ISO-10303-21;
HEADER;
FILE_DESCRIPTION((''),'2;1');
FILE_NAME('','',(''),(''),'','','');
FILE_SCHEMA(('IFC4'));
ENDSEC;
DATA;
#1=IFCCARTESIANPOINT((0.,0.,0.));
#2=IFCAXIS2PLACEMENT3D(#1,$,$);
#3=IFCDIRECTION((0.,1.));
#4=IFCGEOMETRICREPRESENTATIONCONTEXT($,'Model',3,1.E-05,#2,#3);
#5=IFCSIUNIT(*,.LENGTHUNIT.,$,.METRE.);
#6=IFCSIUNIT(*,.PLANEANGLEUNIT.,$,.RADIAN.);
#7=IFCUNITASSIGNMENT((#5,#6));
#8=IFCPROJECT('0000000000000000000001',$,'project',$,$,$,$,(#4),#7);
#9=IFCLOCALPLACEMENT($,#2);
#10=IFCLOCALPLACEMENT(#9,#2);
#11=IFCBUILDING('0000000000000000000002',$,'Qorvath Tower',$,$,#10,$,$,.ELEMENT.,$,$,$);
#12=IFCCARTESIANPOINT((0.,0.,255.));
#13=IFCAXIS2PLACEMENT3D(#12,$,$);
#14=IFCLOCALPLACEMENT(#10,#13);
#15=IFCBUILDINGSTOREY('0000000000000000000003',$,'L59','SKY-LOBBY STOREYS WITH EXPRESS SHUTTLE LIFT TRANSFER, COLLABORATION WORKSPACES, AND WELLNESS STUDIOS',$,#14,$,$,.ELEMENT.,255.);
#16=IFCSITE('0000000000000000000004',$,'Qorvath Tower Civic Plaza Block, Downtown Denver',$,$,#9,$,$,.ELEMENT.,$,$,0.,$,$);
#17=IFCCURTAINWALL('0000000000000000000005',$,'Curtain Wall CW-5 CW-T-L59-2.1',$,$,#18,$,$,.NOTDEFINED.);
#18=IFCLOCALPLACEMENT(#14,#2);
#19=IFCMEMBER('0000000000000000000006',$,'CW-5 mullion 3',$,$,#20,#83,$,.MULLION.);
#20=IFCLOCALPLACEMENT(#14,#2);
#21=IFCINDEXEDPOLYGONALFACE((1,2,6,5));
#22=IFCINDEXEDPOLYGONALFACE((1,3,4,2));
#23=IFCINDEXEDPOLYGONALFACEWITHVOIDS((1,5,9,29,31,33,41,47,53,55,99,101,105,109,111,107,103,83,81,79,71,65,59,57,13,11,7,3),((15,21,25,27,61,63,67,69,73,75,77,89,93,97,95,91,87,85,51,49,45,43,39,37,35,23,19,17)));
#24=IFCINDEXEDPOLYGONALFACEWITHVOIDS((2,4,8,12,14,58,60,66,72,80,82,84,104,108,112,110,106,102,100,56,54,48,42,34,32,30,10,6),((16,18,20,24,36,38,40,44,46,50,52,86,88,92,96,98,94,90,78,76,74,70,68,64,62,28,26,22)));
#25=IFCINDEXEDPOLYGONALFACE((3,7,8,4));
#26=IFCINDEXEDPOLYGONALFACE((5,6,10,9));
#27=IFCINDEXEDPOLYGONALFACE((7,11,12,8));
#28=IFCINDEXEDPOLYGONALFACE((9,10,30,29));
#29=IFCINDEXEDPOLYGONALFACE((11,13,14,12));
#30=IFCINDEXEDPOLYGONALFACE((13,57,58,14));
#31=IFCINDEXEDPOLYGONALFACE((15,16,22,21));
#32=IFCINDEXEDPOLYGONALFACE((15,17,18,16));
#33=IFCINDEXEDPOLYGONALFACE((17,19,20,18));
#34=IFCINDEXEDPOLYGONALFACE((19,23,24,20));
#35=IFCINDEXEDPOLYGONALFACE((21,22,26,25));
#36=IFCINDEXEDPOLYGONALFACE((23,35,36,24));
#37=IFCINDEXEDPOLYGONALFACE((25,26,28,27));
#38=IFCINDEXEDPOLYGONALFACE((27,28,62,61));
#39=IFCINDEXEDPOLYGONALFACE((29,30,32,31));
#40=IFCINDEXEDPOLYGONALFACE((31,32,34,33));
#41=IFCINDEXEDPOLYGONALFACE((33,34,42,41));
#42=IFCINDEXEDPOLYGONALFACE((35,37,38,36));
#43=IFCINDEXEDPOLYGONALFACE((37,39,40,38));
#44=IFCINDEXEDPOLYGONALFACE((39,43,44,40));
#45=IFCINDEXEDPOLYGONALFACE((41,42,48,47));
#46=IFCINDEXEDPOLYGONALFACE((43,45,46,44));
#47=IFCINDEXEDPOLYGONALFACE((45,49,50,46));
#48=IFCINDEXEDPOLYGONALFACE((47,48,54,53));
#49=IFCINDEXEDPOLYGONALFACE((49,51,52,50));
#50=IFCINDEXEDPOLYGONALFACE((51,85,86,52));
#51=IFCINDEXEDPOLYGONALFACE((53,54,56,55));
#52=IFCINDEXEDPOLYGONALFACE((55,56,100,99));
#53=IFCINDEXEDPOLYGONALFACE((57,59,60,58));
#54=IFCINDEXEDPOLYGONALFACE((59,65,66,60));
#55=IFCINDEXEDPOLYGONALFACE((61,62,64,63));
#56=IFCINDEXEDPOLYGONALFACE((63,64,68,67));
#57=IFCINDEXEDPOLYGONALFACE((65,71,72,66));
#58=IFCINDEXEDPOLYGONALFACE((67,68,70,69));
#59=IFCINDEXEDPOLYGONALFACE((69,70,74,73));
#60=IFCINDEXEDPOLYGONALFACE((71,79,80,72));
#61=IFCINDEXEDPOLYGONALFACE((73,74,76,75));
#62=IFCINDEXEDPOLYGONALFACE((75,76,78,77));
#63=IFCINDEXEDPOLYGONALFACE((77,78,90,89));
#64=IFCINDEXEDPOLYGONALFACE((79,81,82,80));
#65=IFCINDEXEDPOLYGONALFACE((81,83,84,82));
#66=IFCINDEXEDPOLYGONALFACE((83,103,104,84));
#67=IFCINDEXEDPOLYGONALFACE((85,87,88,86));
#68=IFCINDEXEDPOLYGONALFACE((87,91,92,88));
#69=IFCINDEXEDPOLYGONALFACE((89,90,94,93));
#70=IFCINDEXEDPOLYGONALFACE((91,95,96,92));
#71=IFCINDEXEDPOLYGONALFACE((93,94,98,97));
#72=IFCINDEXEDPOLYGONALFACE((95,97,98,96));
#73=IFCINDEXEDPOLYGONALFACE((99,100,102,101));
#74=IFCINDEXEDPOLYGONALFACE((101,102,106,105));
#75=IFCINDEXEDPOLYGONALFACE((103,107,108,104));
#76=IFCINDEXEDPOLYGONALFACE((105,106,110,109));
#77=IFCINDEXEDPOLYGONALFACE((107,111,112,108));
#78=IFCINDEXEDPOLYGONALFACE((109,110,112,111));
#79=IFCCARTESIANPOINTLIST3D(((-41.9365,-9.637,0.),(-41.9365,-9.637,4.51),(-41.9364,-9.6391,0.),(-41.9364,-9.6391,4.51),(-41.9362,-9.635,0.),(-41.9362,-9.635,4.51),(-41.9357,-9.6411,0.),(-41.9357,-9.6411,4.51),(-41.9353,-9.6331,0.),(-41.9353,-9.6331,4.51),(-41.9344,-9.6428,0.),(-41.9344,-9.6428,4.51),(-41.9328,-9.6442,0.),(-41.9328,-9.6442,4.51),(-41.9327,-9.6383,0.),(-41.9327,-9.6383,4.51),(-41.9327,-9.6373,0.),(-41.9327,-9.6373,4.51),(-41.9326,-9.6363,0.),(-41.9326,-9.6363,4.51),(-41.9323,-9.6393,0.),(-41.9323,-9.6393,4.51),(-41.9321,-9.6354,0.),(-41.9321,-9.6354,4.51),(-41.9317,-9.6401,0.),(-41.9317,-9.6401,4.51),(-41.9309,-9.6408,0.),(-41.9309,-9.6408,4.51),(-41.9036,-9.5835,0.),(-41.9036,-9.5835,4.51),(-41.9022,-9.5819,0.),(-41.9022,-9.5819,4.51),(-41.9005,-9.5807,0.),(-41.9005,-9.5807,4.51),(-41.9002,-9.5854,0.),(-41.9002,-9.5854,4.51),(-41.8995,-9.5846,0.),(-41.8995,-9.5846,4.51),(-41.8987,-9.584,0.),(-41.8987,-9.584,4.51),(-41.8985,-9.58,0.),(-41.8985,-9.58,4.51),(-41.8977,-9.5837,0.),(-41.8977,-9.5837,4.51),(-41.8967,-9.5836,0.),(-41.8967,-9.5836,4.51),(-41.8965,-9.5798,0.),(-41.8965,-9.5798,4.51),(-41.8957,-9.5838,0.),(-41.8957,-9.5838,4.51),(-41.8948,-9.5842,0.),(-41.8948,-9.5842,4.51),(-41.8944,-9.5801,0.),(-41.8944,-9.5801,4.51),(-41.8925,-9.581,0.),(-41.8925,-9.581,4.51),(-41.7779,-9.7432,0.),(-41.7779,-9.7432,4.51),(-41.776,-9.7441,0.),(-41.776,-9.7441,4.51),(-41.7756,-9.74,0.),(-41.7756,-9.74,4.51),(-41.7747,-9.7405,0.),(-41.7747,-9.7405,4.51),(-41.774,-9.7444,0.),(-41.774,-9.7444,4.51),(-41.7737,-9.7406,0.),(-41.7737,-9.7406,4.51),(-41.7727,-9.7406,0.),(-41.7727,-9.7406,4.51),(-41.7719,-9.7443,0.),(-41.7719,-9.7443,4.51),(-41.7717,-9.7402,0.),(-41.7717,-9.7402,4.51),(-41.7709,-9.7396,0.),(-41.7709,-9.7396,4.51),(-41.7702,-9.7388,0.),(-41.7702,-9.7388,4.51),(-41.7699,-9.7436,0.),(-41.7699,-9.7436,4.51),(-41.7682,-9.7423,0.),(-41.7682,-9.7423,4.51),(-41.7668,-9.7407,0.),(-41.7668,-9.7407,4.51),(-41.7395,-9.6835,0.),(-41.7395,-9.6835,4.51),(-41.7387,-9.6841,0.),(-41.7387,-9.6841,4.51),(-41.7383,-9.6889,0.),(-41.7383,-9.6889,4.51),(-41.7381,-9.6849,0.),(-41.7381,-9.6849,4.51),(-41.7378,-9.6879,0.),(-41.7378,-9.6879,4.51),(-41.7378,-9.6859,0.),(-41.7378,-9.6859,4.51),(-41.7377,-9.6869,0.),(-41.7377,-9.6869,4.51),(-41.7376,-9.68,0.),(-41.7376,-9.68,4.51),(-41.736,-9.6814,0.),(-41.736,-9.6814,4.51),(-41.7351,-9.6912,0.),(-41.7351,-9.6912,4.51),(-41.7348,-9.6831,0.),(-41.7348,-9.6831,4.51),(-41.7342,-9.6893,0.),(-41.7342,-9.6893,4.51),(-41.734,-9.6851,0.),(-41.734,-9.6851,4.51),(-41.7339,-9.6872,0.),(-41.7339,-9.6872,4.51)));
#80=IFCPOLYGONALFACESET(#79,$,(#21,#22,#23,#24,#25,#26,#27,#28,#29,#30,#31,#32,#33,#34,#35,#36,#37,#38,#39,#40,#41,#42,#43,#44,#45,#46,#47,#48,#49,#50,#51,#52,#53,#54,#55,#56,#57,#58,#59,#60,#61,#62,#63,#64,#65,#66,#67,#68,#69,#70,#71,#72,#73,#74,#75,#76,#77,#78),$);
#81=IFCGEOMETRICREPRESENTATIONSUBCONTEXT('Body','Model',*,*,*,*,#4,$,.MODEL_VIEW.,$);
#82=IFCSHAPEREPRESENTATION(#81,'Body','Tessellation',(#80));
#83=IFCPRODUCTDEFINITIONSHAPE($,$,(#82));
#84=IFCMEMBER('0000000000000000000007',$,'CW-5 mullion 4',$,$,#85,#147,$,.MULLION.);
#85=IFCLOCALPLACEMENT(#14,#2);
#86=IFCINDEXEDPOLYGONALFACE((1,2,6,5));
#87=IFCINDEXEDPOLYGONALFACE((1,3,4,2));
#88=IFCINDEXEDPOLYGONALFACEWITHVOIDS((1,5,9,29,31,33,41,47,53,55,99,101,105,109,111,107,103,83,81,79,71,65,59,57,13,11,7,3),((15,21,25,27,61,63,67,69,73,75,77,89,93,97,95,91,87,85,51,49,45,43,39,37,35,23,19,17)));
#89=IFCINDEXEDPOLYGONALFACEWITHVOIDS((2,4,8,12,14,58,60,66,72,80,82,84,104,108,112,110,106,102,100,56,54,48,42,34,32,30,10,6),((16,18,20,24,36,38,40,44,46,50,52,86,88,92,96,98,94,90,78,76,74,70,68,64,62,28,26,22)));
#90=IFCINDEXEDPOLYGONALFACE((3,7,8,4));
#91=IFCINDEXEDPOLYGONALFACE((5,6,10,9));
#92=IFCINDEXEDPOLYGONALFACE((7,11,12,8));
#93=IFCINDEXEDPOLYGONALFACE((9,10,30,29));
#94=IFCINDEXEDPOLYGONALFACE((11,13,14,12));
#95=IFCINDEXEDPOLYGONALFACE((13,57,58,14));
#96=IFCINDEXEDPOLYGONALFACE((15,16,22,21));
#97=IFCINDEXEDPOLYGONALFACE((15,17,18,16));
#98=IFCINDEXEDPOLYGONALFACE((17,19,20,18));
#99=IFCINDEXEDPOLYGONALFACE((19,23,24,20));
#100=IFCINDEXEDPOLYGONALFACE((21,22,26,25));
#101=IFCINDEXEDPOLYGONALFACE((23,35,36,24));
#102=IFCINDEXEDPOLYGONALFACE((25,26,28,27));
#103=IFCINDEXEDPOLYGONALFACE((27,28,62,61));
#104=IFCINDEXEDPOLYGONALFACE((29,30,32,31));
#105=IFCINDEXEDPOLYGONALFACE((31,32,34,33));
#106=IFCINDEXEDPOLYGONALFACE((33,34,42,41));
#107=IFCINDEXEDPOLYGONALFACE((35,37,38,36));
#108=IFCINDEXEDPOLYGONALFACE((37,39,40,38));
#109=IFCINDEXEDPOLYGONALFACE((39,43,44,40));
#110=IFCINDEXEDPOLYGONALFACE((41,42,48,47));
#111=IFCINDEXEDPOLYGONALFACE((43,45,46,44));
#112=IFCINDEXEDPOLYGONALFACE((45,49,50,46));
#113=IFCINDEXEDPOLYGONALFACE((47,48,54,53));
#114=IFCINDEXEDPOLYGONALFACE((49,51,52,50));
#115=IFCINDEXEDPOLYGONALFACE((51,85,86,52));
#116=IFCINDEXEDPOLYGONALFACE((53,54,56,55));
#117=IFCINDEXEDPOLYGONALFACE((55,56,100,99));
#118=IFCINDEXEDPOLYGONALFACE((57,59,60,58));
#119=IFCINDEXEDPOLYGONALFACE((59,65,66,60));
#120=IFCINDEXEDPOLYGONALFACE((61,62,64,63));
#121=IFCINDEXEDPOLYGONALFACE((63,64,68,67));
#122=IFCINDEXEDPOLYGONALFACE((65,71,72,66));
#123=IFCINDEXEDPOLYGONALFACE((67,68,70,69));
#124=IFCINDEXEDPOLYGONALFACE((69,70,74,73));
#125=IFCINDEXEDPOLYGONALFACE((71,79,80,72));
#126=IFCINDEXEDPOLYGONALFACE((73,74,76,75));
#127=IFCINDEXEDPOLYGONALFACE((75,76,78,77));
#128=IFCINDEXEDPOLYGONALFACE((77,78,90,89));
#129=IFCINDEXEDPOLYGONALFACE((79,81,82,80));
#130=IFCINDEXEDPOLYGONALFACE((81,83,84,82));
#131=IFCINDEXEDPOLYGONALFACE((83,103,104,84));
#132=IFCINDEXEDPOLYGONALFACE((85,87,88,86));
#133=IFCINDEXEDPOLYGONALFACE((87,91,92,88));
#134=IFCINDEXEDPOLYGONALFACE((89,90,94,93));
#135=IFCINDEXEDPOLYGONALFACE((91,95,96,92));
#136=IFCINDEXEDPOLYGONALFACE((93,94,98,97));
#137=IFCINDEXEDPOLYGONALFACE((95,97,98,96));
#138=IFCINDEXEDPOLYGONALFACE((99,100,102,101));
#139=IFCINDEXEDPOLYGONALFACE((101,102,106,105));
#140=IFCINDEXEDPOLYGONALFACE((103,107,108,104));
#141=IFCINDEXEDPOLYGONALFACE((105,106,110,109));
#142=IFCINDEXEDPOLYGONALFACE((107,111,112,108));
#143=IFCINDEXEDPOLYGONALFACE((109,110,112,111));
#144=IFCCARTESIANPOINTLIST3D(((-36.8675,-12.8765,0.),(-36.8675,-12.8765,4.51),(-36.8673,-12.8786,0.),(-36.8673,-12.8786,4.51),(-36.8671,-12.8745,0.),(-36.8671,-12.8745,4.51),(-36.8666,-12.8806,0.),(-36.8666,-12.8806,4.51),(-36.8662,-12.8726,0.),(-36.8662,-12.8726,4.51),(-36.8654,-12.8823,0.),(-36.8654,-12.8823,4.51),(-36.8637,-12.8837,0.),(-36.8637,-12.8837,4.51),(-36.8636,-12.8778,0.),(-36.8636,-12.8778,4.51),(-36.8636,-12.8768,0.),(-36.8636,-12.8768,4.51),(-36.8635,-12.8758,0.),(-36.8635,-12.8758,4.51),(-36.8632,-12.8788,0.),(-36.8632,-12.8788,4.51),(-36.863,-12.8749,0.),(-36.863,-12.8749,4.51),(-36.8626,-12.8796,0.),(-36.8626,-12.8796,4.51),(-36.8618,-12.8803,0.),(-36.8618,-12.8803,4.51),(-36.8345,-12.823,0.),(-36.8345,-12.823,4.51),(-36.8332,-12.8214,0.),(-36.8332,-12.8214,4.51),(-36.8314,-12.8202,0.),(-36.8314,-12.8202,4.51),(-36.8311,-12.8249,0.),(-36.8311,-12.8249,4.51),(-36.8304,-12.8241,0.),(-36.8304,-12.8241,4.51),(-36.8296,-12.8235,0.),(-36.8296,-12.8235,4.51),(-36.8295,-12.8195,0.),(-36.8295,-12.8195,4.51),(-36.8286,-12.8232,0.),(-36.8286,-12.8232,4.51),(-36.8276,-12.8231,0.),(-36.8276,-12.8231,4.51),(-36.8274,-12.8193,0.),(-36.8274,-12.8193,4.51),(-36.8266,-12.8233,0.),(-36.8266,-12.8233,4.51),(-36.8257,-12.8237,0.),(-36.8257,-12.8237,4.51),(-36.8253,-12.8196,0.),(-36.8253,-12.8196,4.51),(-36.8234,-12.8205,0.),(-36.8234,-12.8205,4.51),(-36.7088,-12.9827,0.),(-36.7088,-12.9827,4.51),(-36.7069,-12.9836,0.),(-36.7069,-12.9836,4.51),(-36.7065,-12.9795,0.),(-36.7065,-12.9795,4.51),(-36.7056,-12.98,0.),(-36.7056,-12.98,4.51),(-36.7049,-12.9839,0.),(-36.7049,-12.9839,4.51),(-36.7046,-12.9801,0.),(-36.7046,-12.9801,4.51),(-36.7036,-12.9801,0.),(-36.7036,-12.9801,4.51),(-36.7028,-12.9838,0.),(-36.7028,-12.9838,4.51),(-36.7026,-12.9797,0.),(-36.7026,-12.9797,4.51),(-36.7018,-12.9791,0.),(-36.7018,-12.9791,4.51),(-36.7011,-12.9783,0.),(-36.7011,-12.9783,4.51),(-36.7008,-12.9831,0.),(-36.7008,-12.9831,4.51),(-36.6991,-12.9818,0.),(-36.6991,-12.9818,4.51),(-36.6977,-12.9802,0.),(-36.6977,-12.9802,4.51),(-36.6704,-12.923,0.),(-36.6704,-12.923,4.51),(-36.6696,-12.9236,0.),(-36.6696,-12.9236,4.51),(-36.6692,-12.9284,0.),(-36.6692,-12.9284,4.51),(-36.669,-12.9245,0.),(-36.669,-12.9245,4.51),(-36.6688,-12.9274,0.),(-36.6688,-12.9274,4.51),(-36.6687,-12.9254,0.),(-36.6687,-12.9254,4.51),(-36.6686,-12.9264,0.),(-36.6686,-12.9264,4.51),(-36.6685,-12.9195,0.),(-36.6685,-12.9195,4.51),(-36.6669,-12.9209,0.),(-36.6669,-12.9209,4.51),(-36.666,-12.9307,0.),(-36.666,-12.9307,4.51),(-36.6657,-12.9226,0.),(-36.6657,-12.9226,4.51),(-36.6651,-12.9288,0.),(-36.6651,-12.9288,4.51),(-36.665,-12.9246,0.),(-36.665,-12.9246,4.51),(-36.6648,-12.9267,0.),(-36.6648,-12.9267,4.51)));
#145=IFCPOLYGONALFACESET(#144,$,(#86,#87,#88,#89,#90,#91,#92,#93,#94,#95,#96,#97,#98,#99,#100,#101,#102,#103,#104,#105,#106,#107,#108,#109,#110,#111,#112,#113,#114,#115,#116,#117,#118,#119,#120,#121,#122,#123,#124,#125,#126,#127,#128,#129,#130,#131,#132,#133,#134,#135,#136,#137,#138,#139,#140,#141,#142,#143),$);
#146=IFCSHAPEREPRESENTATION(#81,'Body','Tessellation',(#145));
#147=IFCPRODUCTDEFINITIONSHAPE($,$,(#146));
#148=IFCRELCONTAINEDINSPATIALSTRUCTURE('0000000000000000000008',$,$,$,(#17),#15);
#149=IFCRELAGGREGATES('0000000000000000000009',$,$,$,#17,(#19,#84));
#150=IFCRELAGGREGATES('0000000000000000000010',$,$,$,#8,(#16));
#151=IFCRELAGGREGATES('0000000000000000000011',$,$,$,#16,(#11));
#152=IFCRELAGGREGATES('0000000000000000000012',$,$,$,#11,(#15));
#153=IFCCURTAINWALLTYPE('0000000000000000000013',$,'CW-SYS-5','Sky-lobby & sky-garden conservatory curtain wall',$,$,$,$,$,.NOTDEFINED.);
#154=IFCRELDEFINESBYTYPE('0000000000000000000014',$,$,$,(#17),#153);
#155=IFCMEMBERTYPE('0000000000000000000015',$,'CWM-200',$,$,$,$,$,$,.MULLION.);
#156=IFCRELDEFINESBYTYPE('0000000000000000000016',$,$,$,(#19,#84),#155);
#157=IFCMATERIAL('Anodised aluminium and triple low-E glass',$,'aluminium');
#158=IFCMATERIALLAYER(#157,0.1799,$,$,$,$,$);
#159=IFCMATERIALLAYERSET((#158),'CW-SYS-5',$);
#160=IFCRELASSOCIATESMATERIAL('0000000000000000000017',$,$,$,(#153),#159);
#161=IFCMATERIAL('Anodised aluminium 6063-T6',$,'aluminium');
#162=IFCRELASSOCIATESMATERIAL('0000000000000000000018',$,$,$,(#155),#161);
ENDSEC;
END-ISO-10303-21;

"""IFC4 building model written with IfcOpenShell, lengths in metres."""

from ifc_helpers import new_model, si_unit, direction, frame, origin, origin_2d, place, context, subcontext, project, spatial, hollow_rectangle, extrude, material, layer, layer_set, material_profile, profile_set, type_object, element, aggregate, save


model = new_model("IFC4")

# Units and contexts
model_context = context("Model", 3, precision=1e-05, world=origin(), true_north=direction((0.0, 1.0)))
body_context = subcontext(model_context, "Body", "Model", "MODEL_VIEW")
ifc_project = project(units=[si_unit("LENGTHUNIT", "METRE"), si_unit("PLANEANGLEUNIT", "RADIAN")], contexts=[model_context])

# Site, building, storey
site_placement = place(None, origin())
site = spatial("IfcSite", under=ifc_project, at=site_placement, Name="Qorvath Tower Civic Plaza Block, Downtown Denver", CompositionType="ELEMENT", RefElevation=0.0)
building_placement = place(site_placement, origin())
building = spatial("IfcBuilding", under=site, at=building_placement, Name="Qorvath Tower", CompositionType="ELEMENT")
storey_placement = place(building_placement, frame((0.0, 0.0, 255.0)))
storey = spatial("IfcBuildingStorey", under=building, at=storey_placement, Name="L59", Description="SKY-LOBBY STOREYS WITH EXPRESS SHUTTLE LIFT TRANSFER, COLLABORATION WORKSPACES, AND WELLNESS STUDIOS", CompositionType="ELEMENT", Elevation=255.0)

# Curtain wall, members
ifc_material_1 = material(Name="Anodised aluminium and triple low-E glass", Category="aluminium")
ifc_layer_1 = layer(ifc_material_1, 0.1799)
ifc_layer_set_1 = layer_set([ifc_layer_1], Name="CW-SYS-5")
curtain_wall_type = type_object("IfcCurtainWallType", Name="CW-SYS-5", Description="Sky-lobby & sky-garden conservatory curtain wall", PredefinedType="NOTDEFINED", material=ifc_layer_set_1)
curtain_wall_placement = place(storey_placement, origin())
curtain_wall = element("IfcCurtainWall", 1, at=curtain_wall_placement, inside=storey, type_object=curtain_wall_type, Name="Curtain Wall CW-5 CW-T-L59-2.1", PredefinedType="NOTDEFINED")
ifc_material_2 = material(Name="Anodised aluminium 6063-T6", Category="aluminium")
ifc_material_profile_1 = material_profile(ifc_material_2, hollow_rectangle(XDim=0.075, YDim=0.2, WallThickness=0.0039, InnerFilletRadius=0.0039, OuterFilletRadius=0.0081, at=origin_2d()), Name="CWM 200x75")
ifc_profile_set_1 = profile_set([ifc_material_profile_1], Name="Anodised aluminium 6063-T6")
member_type_1 = type_object("IfcMemberType", Name="CWM-200", PredefinedType="MULLION", material=ifc_profile_set_1)
member_1_placement = place(storey_placement, frame((-41.8352, -9.6621, 0.0), z_axis=(0.0, 0.0, 1.0), x_axis=(0.538532, 0.842605, 0.0)))
member_1 = element("IfcMember", 2, at=member_1_placement, type_object=member_type_1, Name="CW-5 mullion 3", PredefinedType="MULLION", context=body_context, shape_type="SweptSolid", body=[
    extrude(hollow_rectangle(XDim=0.075, YDim=0.2, WallThickness=0.0039, InnerFilletRadius=0.0039, OuterFilletRadius=0.0081, at=origin_2d()), origin(), (0.0, 0.0, 1.0), 4.51),
])
member_2_placement = place(storey_placement, frame((-36.7661, -12.9016, 0.0), z_axis=(0.0, 0.0, 1.0), x_axis=(0.538532, 0.842605, 0.0)))
member_2 = element("IfcMember", 3, at=member_2_placement, type_object=member_type_1, Name="CW-5 mullion 4", PredefinedType="MULLION", context=body_context, shape_type="SweptSolid", body=[
    extrude(hollow_rectangle(XDim=0.075, YDim=0.2, WallThickness=0.0039, InnerFilletRadius=0.0039, OuterFilletRadius=0.0081, at=origin_2d()), origin(), (0.0, 0.0, 1.0), 4.51),
])
aggregate(curtain_wall, [member_1, member_2])

save(model, "model.ifc")
